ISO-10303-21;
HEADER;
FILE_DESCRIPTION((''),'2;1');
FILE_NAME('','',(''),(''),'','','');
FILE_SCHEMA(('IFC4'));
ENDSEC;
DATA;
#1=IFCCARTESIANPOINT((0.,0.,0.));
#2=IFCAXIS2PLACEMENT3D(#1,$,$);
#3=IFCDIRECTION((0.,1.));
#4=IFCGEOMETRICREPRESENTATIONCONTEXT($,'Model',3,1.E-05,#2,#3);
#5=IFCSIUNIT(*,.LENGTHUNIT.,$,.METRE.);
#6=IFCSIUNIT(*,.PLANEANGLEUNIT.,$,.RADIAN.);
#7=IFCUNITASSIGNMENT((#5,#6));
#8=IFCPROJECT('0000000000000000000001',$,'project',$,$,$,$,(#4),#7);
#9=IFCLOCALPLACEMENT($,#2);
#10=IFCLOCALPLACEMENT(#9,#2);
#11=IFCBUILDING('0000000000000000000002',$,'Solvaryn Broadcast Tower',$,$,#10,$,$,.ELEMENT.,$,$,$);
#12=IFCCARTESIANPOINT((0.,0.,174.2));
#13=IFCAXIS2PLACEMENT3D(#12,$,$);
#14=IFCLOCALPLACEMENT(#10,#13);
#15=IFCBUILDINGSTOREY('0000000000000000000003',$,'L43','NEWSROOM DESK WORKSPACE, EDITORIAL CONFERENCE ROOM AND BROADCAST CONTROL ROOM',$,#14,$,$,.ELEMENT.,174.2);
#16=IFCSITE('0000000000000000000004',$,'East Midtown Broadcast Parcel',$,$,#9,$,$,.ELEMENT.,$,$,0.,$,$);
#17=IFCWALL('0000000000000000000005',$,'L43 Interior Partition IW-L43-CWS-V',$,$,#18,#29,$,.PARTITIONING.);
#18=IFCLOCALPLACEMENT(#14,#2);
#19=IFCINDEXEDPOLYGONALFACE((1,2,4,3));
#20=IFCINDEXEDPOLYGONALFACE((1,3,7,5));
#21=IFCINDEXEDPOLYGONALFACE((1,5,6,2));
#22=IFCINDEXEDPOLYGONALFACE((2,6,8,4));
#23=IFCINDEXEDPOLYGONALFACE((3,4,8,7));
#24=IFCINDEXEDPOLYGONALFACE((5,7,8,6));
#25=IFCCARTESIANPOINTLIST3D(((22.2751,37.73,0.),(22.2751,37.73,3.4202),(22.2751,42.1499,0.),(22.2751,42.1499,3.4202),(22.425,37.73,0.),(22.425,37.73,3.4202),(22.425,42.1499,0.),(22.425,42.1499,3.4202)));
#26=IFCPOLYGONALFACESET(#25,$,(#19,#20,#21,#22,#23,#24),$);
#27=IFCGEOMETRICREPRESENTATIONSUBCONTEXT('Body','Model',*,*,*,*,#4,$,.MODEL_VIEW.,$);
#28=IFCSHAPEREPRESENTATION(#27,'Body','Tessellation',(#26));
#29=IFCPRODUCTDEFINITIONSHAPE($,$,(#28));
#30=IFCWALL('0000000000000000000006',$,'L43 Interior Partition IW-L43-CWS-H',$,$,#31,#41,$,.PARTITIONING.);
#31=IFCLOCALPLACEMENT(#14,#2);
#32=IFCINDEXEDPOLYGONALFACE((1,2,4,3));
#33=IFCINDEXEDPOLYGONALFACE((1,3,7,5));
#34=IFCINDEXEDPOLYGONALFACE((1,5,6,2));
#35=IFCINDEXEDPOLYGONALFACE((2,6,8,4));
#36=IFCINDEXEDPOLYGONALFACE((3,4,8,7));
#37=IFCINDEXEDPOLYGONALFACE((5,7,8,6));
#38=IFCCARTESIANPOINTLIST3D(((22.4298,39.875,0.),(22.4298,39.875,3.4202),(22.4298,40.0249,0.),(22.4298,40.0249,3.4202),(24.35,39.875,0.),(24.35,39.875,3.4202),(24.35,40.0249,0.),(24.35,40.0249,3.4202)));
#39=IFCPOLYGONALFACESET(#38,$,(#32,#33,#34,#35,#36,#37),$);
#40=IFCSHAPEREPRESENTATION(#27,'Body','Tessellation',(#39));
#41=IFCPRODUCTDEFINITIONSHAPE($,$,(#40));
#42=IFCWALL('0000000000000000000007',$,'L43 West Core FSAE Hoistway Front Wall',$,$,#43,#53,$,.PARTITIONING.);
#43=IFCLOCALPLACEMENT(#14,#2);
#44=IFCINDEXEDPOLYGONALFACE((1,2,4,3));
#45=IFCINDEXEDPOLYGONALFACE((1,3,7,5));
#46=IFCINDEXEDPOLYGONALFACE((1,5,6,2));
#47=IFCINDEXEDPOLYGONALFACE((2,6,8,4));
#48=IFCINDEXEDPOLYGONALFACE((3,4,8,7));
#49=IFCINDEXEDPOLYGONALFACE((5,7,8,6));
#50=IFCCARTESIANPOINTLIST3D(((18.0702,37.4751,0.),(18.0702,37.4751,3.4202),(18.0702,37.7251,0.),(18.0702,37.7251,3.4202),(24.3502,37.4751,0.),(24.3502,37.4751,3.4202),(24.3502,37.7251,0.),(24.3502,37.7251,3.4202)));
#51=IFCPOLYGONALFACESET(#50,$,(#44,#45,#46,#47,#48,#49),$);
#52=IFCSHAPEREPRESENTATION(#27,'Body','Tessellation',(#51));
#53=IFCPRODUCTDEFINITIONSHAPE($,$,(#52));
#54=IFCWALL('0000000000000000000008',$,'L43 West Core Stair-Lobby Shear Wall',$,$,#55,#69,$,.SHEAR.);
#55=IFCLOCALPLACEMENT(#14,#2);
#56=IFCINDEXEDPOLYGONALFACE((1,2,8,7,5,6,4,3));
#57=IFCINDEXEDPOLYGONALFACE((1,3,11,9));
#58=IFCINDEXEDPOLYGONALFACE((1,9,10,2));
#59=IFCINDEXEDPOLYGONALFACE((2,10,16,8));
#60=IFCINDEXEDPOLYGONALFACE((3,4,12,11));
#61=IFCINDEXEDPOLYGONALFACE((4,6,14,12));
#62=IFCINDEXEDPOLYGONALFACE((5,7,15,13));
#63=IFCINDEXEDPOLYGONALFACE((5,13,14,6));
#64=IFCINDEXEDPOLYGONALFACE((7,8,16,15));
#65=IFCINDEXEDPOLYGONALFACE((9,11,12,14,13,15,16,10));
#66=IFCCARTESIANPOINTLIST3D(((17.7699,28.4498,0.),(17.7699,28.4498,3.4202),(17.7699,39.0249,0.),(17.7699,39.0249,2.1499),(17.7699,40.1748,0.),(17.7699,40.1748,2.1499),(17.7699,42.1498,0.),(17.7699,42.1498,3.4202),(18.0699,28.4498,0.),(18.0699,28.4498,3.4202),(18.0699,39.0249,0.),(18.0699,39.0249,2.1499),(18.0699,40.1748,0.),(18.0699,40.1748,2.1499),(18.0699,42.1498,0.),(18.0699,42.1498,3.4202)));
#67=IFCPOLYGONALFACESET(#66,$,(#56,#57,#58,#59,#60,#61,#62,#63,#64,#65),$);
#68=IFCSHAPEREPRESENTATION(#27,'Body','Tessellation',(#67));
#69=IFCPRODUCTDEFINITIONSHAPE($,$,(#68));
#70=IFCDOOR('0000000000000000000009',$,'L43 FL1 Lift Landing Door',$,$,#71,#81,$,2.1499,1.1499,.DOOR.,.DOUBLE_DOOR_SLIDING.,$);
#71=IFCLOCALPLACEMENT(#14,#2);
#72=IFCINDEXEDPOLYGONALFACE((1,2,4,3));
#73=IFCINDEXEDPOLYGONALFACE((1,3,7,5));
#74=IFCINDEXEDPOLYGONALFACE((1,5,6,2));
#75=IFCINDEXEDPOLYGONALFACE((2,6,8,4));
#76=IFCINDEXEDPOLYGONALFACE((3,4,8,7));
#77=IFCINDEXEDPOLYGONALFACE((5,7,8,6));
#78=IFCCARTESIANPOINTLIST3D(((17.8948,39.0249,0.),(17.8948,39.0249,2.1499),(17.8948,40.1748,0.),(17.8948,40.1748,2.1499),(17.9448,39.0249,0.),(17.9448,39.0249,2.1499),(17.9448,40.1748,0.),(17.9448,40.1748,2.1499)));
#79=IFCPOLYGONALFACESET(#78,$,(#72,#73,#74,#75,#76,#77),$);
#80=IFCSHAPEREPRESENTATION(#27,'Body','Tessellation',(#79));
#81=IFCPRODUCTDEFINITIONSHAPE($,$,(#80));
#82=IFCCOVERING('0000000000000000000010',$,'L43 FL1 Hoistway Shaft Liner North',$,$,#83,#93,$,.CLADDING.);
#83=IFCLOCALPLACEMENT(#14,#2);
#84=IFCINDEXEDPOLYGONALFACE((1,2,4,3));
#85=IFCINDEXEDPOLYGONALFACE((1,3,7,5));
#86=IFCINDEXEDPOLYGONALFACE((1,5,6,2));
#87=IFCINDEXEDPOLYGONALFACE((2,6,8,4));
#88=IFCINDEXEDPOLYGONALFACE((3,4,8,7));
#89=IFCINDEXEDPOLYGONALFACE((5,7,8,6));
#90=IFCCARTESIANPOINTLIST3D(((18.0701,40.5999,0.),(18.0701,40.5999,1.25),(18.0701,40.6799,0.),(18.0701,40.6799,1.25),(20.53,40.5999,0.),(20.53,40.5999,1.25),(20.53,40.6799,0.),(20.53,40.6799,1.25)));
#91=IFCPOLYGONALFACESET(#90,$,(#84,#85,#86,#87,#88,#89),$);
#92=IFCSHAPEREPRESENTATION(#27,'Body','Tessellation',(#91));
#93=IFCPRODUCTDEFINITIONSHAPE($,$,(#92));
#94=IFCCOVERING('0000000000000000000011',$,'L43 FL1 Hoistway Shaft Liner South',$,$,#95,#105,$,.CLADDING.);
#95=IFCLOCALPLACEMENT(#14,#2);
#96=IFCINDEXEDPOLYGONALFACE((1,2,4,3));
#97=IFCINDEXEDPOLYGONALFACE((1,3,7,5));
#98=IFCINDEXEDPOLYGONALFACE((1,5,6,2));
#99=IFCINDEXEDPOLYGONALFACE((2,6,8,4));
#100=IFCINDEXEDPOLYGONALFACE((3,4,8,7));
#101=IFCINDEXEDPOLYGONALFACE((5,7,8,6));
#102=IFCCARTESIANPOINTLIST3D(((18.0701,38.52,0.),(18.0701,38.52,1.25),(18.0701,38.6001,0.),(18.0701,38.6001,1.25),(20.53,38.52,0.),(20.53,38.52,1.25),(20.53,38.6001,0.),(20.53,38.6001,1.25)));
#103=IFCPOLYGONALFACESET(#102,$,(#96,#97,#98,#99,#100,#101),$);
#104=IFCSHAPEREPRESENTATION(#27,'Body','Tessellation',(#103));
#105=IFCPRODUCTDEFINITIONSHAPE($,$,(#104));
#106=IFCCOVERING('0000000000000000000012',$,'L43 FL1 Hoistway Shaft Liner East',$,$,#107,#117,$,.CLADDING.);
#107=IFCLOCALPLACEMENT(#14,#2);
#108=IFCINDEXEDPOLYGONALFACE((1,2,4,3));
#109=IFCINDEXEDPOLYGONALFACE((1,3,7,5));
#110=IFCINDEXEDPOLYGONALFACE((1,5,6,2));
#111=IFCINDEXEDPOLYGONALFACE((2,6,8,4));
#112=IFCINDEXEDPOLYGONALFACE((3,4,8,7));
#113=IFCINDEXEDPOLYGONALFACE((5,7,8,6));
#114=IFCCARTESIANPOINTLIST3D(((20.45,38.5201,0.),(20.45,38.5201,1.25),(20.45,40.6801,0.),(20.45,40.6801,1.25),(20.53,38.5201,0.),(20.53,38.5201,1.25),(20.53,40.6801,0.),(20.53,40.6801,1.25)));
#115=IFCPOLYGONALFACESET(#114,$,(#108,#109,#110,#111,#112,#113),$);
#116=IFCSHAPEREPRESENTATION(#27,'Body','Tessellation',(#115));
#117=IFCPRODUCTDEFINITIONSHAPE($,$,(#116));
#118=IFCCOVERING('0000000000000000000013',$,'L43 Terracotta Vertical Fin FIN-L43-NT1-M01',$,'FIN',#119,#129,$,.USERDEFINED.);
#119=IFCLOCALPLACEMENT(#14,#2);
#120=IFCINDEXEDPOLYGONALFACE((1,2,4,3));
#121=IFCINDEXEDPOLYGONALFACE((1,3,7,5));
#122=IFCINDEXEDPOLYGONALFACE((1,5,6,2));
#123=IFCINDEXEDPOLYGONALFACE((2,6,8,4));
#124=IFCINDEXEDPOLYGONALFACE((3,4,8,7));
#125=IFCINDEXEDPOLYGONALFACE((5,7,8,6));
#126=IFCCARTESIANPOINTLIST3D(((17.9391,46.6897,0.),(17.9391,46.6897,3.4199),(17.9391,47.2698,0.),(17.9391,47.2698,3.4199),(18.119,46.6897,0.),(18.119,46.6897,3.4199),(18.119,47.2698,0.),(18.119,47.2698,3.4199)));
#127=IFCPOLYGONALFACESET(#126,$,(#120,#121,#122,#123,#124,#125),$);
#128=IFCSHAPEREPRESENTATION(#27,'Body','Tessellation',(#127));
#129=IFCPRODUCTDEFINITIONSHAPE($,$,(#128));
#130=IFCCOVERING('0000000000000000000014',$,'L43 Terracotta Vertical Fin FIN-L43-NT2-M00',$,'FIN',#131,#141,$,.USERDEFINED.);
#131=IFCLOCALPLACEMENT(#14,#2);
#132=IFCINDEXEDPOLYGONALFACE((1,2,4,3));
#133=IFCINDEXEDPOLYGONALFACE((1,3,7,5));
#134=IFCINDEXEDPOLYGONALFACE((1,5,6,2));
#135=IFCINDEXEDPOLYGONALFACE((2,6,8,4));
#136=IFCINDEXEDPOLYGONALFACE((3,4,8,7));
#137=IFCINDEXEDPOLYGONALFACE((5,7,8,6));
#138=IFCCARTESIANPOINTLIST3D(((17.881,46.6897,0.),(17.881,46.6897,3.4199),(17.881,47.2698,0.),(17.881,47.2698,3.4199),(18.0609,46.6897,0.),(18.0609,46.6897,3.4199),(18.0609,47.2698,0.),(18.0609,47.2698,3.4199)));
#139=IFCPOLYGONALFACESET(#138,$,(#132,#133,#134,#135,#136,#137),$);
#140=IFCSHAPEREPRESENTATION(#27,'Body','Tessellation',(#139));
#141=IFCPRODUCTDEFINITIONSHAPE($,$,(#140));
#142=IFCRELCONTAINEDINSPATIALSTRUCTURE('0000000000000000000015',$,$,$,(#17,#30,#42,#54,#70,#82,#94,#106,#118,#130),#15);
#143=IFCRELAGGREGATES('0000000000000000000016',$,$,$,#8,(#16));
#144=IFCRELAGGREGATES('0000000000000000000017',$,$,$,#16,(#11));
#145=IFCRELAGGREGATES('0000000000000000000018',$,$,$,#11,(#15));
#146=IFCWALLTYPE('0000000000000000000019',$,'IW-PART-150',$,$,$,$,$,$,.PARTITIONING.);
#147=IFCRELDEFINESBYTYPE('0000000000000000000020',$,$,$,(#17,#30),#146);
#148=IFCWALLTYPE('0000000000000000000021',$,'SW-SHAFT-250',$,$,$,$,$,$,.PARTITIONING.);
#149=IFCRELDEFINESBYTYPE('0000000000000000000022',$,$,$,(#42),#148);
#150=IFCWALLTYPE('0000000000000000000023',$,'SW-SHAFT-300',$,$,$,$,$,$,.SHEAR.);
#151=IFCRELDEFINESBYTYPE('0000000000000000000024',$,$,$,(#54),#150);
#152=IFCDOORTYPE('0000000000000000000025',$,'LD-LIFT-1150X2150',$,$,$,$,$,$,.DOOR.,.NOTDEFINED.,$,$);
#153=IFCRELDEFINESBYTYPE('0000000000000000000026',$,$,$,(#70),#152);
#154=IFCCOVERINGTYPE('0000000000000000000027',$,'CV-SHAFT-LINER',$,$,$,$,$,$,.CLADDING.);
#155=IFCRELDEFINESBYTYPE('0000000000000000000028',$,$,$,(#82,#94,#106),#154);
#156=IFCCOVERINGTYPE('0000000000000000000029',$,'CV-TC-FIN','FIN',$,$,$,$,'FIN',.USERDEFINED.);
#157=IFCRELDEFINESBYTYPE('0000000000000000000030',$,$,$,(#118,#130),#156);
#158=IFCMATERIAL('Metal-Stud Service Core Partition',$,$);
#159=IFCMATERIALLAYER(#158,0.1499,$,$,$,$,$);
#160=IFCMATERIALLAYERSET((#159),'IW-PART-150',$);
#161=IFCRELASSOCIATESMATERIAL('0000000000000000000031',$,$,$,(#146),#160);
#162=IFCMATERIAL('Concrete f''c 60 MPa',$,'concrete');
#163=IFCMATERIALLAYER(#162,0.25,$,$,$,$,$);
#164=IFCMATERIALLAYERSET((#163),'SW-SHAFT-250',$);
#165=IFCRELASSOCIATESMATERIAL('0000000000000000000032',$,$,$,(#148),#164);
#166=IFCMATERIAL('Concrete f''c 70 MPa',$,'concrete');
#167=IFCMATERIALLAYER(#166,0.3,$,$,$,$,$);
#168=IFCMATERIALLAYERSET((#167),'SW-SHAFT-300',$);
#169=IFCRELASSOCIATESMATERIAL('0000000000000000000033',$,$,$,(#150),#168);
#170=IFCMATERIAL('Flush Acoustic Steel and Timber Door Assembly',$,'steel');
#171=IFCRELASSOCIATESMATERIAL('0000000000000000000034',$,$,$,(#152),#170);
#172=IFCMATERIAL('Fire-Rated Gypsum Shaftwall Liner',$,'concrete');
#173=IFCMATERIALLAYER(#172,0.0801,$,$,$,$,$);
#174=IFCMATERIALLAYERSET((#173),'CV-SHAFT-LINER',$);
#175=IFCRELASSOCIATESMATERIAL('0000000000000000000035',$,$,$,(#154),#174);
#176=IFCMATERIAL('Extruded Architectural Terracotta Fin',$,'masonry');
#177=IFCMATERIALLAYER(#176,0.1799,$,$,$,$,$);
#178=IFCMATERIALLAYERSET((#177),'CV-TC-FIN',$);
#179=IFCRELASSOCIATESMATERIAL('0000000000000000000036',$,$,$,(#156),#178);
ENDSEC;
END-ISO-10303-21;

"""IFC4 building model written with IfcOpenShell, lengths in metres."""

from ifc_helpers import new_model, si_unit, direction, frame, frame_2d, origin, origin_2d, place, context, subcontext, project, spatial, rectangle, extrude, material, layer, layer_set, type_object, element, fill, save


model = new_model("IFC4")

# Units and contexts
model_context = context("Model", 3, precision=1e-05, world=origin(), true_north=direction((0.0, 1.0)))
body_context = subcontext(model_context, "Body", "Model", "MODEL_VIEW")
ifc_project = project(units=[si_unit("LENGTHUNIT", "METRE"), si_unit("PLANEANGLEUNIT", "RADIAN")], contexts=[model_context])

# Site, building, storey
site_placement = place(None, origin())
site = spatial("IfcSite", under=ifc_project, at=site_placement, Name="East Midtown Broadcast Parcel", CompositionType="ELEMENT", RefElevation=0.0)
building_placement = place(site_placement, origin())
building = spatial("IfcBuilding", under=site, at=building_placement, Name="Solvaryn Broadcast Tower", CompositionType="ELEMENT")
storey_placement = place(building_placement, frame((0.0, 0.0, 174.2)))
storey = spatial("IfcBuildingStorey", under=building, at=storey_placement, Name="L43", Description="NEWSROOM DESK WORKSPACE, EDITORIAL CONFERENCE ROOM AND BROADCAST CONTROL ROOM", CompositionType="ELEMENT", Elevation=174.2)

# Walls
ifc_material_1 = material(Name="Metal-Stud Service Core Partition")
ifc_layer_1 = layer(ifc_material_1, 0.1499)
ifc_layer_set_1 = layer_set([ifc_layer_1], Name="IW-PART-150")
wall_type_1 = type_object("IfcWallType", Name="IW-PART-150", PredefinedType="PARTITIONING", material=ifc_layer_set_1)
wall_1_placement = place(storey_placement, frame((22.3501, 37.73, 0.0), z_axis=(0.0, 0.0, 1.0), x_axis=(0.0, 1.0, 0.0)))
element("IfcWall", 1, at=wall_1_placement, inside=storey, type_object=wall_type_1, Name="L43 Interior Partition IW-L43-CWS-V", PredefinedType="PARTITIONING", context=body_context, shape_type="SweptSolid", body=[
    extrude(rectangle(XDim=4.4199, YDim=0.1499, at=frame_2d((2.21, 0.0))), origin(), (0.0, 0.0, 1.0), 3.4202),
])
wall_2_placement = place(storey_placement, frame((22.4299, 39.95, 0.0), z_axis=(0.0, 0.0, 1.0), x_axis=(1.0, 0.0, 0.0)))
element("IfcWall", 2, at=wall_2_placement, inside=storey, type_object=wall_type_1, Name="L43 Interior Partition IW-L43-CWS-H", PredefinedType="PARTITIONING", context=body_context, shape_type="SweptSolid", body=[
    extrude(rectangle(XDim=1.9202, YDim=0.1499, at=frame_2d((0.96, 0.0))), origin(), (0.0, 0.0, 1.0), 3.4202),
])
ifc_material_2 = material(Name="Concrete f'c 60 MPa", Category="concrete")
ifc_layer_2 = layer(ifc_material_2, 0.25)
ifc_layer_set_2 = layer_set([ifc_layer_2], Name="SW-SHAFT-250")
wall_type_2 = type_object("IfcWallType", Name="SW-SHAFT-250", PredefinedType="PARTITIONING", material=ifc_layer_set_2)
wall_3_placement = place(storey_placement, frame((18.0701, 37.6001, 0.0), z_axis=(0.0, 0.0, 1.0), x_axis=(1.0, 0.0, 0.0)))
element("IfcWall", 3, at=wall_3_placement, inside=storey, type_object=wall_type_2, Name="L43 West Core FSAE Hoistway Front Wall", PredefinedType="PARTITIONING", context=body_context, shape_type="SweptSolid", body=[
    extrude(rectangle(XDim=6.28, YDim=0.25, at=frame_2d((3.1401, 0.0))), origin(), (0.0, 0.0, 1.0), 3.4202),
])

# Wall, opening, door
ifc_material_3 = material(Name="Concrete f'c 70 MPa", Category="concrete")
ifc_layer_3 = layer(ifc_material_3, 0.3)
ifc_layer_set_3 = layer_set([ifc_layer_3], Name="SW-SHAFT-300")
wall_type_3 = type_object("IfcWallType", Name="SW-SHAFT-300", PredefinedType="SHEAR", material=ifc_layer_set_3)
wall_4_placement = place(storey_placement, frame((17.9199, 42.1499, 0.0), z_axis=(0.0, 0.0, 1.0), x_axis=(0.0, -1.0, 0.0)))
wall_4 = element("IfcWall", 4, at=wall_4_placement, inside=storey, type_object=wall_type_3, Name="L43 West Core Stair-Lobby Shear Wall", PredefinedType="SHEAR", context=body_context, shape_type="SweptSolid", body=[
    extrude(rectangle(XDim=13.7, YDim=0.3, at=frame_2d((6.8501, 0.0))), origin(), (0.0, 0.0, 1.0), 3.4202),
])
opening_1_placement = place(wall_4_placement, frame((1.9751, 0.0, 0.0)))
opening_1 = element("IfcOpeningElement", 5, at=opening_1_placement, cuts=wall_4, PredefinedType="OPENING", context=body_context, shape_type="SweptSolid", body=[
    extrude(rectangle(XDim=1.1499, YDim=2.1499, at=frame_2d((0.575, 1.075))), frame((0.0, 0.1599, 0.0), z_axis=(0.0, -1.0, 0.0), x_axis=(1.0, 0.0, 0.0)), (0.0, 0.0, 1.0), 0.3201),
])
ifc_material_4 = material(Name="Flush Acoustic Steel and Timber Door Assembly", Category="steel")
door_type_1 = type_object("IfcDoorType", Name="LD-LIFT-1150X2150", OperationType="NOTDEFINED", PredefinedType="DOOR", material=ifc_material_4)
door_1_placement = place(opening_1_placement, origin())
door_1 = element("IfcDoor", 6, at=door_1_placement, inside=storey, type_object=door_type_1, Name="L43 FL1 Lift Landing Door", OperationType="DOUBLE_DOOR_SLIDING", OverallHeight=2.1499, OverallWidth=1.1499, PredefinedType="DOOR", context=body_context, shape_type="SweptSolid", body=[
    extrude(rectangle(XDim=1.1499, YDim=2.1499, at=frame_2d((0.575, 1.075))), frame((0.0, 0.0249, 0.0), z_axis=(0.0, -1.0, 0.0), x_axis=(1.0, 0.0, 0.0)), (0.0, 0.0, 1.0), 0.05),
])
fill(opening_1, door_1)

# Coverings
ifc_material_5 = material(Name="Fire-Rated Gypsum Shaftwall Liner", Category="concrete")
ifc_layer_4 = layer(ifc_material_5, 0.0801)
ifc_layer_set_4 = layer_set([ifc_layer_4], Name="CV-SHAFT-LINER")
covering_type_1 = type_object("IfcCoveringType", Name="CV-SHAFT-LINER", PredefinedType="CLADDING", material=ifc_layer_set_4)
for number, where, z_axis, x_axis, name in (
    (7, (19.3, 40.6399, 0.0), (0.0, 0.0, 1.0), (1.0, 0.0, 0.0), "L43 FL1 Hoistway Shaft Liner North"),
    (8, (19.3, 38.5601, 0.0), (0.0, 0.0, 1.0), (1.0, 0.0, 0.0), "L43 FL1 Hoistway Shaft Liner South"),
):
    element("IfcCovering", number, at=place(storey_placement, frame(where, z_axis=z_axis, x_axis=x_axis)), inside=storey, type_object=covering_type_1, Name=name, PredefinedType="CLADDING", context=body_context, shape_type="SweptSolid", body=[
        extrude(rectangle(XDim=2.46, YDim=0.0801, at=origin_2d()), origin(), (0.0, 0.0, 1.0), 1.25),
    ])
covering_placement = place(storey_placement, frame((20.49, 39.6001, 0.0), z_axis=(0.0, 0.0, 1.0), x_axis=(1.0, 0.0, 0.0)))
element("IfcCovering", 9, at=covering_placement, inside=storey, type_object=covering_type_1, Name="L43 FL1 Hoistway Shaft Liner East", PredefinedType="CLADDING", context=body_context, shape_type="SweptSolid", body=[
    extrude(rectangle(XDim=0.0801, YDim=2.1599, at=origin_2d()), origin(), (0.0, 0.0, 1.0), 1.25),
])
ifc_material_6 = material(Name="Extruded Architectural Terracotta Fin", Category="masonry")
ifc_layer_5 = layer(ifc_material_6, 0.1799)
ifc_layer_set_5 = layer_set([ifc_layer_5], Name="CV-TC-FIN")
covering_type_2 = type_object("IfcCoveringType", Name="CV-TC-FIN", Description="FIN", ElementType="FIN", PredefinedType="USERDEFINED", material=ifc_layer_set_5)
for number, where, z_axis, x_axis, name in (
    (10, (18.0291, 46.9797, 0.0), (0.0, 0.0, 1.0), (1.0, 0.0, 0.0), "L43 Terracotta Vertical Fin FIN-L43-NT1-M01"),
    (11, (17.9709, 46.9797, 0.0), (0.0, 0.0, 1.0), (1.0, 0.0, 0.0), "L43 Terracotta Vertical Fin FIN-L43-NT2-M00"),
):
    element("IfcCovering", number, at=place(storey_placement, frame(where, z_axis=z_axis, x_axis=x_axis)), inside=storey, type_object=covering_type_2, Name=name, ObjectType="FIN", PredefinedType="USERDEFINED", context=body_context, shape_type="SweptSolid", body=[
        extrude(rectangle(XDim=0.1799, YDim=0.5801, at=origin_2d()), origin(), (0.0, 0.0, 1.0), 3.4199),
    ])

save(model, "model.ifc")
